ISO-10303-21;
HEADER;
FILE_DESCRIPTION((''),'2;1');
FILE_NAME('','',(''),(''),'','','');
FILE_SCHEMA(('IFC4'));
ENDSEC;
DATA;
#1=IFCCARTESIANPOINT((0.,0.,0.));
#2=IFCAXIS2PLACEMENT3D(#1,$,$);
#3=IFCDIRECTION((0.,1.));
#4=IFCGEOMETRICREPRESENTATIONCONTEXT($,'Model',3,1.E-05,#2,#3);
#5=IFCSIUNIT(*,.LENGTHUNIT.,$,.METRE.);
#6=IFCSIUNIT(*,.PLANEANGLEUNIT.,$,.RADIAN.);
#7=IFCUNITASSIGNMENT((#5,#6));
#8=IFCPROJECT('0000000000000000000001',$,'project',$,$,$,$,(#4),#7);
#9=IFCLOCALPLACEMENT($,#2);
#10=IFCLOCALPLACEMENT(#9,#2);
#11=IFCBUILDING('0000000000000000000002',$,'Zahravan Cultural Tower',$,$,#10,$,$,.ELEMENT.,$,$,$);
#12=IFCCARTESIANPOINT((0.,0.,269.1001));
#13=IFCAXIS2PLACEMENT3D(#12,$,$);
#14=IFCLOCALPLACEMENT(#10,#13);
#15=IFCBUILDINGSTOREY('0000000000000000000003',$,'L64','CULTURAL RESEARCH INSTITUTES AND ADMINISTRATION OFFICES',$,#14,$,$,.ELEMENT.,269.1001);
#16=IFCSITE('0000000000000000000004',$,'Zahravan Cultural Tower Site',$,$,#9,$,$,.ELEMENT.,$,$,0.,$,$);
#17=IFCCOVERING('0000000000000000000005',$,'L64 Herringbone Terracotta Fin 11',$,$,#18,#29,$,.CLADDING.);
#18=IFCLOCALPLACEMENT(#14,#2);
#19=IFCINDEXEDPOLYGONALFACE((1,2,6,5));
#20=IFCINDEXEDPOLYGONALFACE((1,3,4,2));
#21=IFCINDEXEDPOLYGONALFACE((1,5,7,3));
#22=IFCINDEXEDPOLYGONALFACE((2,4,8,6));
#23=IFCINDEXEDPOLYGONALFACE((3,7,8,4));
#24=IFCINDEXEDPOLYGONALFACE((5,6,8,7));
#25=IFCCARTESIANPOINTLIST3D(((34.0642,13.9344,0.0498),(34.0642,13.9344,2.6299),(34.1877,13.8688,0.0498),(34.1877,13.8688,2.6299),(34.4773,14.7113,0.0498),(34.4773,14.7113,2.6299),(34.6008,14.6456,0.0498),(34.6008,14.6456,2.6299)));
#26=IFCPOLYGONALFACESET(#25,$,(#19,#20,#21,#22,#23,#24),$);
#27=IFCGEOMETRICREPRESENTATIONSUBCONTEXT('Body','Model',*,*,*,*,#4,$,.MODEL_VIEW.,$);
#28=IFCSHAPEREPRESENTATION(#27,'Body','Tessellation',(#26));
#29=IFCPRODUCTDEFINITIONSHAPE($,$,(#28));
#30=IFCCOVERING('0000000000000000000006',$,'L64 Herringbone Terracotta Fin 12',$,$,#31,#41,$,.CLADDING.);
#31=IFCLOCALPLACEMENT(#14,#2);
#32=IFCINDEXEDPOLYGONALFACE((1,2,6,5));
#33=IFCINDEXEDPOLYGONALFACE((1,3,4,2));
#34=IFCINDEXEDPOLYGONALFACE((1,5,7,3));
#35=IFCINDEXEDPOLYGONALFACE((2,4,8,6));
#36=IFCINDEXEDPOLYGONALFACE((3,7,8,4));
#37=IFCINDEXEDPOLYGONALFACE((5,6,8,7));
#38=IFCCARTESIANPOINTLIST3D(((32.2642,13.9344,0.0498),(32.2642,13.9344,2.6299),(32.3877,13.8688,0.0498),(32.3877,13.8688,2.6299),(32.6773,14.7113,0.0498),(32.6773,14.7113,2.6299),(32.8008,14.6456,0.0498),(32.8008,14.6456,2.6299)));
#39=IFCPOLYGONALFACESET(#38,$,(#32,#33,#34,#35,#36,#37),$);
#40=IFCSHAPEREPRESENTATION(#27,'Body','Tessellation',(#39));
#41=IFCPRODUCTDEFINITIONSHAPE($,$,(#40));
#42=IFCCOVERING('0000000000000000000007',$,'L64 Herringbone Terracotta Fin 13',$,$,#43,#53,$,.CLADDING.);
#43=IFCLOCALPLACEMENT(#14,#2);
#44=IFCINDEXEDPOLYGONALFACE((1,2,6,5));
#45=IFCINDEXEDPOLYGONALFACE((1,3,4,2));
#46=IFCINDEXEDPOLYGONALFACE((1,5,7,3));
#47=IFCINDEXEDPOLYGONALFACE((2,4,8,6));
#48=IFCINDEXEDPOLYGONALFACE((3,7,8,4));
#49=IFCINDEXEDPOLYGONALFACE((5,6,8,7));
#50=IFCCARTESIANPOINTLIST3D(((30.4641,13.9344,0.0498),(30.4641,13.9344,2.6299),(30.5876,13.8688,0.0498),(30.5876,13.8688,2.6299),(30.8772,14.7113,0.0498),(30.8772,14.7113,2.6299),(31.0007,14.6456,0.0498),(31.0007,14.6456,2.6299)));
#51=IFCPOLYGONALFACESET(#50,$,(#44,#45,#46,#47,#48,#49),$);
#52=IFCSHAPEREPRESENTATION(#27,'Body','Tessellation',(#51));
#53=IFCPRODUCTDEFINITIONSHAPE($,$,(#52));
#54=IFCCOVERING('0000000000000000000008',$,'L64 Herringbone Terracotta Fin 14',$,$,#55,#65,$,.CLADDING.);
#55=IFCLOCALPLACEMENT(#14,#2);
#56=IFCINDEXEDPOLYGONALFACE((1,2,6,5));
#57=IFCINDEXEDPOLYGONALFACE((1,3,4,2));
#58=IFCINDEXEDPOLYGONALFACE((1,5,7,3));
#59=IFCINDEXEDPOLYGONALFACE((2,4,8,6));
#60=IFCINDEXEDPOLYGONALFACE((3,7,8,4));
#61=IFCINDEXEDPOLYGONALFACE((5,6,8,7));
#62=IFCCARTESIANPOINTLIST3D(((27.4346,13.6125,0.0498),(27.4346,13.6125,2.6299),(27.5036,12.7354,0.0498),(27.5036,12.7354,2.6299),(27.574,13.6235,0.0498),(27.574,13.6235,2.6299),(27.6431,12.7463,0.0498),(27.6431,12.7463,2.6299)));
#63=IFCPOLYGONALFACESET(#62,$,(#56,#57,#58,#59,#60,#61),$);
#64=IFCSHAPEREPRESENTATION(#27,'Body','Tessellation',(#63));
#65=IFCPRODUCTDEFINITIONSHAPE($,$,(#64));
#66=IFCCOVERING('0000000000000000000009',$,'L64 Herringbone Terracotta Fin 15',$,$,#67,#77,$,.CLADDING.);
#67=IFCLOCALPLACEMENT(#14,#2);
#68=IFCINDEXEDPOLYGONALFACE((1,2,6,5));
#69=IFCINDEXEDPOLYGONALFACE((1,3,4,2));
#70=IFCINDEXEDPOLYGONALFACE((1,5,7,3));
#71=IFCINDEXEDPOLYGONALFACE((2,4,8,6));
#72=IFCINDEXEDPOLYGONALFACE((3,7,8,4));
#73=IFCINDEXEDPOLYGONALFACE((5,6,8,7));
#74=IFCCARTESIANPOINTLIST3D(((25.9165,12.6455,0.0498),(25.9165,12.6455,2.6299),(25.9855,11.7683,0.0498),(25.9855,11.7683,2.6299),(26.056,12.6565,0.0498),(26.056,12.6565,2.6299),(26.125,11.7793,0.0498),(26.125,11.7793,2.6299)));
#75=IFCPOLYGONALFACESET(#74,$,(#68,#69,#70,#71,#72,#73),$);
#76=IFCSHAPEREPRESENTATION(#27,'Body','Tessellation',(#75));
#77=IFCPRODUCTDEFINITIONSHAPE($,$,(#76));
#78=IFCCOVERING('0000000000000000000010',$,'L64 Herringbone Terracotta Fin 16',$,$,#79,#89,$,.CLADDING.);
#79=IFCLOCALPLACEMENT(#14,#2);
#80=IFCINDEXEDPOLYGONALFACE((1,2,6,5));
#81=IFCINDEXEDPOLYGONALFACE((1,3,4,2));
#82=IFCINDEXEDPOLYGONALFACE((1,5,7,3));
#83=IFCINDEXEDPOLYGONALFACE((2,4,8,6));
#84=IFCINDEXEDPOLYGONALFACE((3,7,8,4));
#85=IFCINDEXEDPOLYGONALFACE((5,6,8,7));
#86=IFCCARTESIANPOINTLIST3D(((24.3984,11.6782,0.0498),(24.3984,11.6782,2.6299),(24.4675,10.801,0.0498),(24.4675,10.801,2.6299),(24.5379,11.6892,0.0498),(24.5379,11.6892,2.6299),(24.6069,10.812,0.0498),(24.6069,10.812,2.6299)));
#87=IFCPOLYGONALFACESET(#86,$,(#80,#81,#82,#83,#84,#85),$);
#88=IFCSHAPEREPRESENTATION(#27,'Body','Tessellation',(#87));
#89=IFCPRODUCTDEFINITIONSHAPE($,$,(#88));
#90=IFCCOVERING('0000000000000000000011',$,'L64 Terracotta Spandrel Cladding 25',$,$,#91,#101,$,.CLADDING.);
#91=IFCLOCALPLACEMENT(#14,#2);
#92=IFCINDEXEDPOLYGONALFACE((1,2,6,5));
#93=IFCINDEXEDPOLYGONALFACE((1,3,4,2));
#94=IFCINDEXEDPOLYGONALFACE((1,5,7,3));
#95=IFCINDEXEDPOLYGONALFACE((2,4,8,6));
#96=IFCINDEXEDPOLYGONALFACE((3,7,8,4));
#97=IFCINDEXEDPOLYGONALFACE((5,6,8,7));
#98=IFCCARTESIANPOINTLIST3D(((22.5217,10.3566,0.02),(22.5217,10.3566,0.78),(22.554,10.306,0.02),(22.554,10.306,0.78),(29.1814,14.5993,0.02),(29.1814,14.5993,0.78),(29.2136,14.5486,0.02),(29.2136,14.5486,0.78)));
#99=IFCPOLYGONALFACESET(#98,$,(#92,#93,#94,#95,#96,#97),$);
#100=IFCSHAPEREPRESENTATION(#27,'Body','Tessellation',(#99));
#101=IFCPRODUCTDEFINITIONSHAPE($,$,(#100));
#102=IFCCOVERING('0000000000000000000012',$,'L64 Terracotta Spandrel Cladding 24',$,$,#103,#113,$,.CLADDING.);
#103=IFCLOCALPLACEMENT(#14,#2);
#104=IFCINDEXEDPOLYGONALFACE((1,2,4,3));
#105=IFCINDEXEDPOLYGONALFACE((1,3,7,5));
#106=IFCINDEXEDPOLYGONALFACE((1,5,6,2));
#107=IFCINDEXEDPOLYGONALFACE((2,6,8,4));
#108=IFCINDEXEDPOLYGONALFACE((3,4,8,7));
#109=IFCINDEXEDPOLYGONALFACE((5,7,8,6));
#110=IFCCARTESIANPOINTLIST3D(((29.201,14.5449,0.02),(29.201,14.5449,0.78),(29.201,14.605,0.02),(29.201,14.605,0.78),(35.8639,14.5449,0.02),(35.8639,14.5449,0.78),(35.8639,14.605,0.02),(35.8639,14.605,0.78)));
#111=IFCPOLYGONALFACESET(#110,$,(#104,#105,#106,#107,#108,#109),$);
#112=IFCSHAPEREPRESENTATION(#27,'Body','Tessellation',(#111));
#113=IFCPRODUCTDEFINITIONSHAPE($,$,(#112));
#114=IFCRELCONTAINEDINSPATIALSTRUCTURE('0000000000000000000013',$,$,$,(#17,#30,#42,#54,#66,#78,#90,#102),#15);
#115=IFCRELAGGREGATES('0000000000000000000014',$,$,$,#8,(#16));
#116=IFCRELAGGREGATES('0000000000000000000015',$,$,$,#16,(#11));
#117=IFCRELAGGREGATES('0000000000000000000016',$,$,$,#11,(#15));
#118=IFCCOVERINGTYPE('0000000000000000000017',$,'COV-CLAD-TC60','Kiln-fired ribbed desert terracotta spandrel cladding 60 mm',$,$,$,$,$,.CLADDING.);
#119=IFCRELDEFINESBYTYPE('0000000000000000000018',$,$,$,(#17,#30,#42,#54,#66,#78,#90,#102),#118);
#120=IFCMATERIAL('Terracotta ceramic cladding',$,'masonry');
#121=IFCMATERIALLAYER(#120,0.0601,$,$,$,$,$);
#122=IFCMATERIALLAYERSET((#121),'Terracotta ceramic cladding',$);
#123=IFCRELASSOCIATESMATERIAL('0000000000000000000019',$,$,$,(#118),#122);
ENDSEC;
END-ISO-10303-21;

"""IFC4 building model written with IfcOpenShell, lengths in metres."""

from ifc_helpers import new_model, si_unit, direction, frame, origin, origin_2d, place, context, subcontext, project, spatial, rectangle, extrude, source, transform, mapped, material, layer, layer_set, type_object, element, save


model = new_model("IFC4")

# Units and contexts
model_context = context("Model", 3, precision=1e-05, world=origin(), true_north=direction((0.0, 1.0)))
body_context = subcontext(model_context, "Body", "Model", "MODEL_VIEW")
ifc_project = project(units=[si_unit("LENGTHUNIT", "METRE"), si_unit("PLANEANGLEUNIT", "RADIAN")], contexts=[model_context])

# Site, building, storey
site_placement = place(None, origin())
site = spatial("IfcSite", under=ifc_project, at=site_placement, Name="Zahravan Cultural Tower Site", CompositionType="ELEMENT", RefElevation=0.0)
building_placement = place(site_placement, origin())
building = spatial("IfcBuilding", under=site, at=building_placement, Name="Zahravan Cultural Tower", CompositionType="ELEMENT")
storey_placement = place(building_placement, frame((0.0, 0.0, 269.1001)))
storey = spatial("IfcBuildingStorey", under=building, at=storey_placement, Name="L64", Description="CULTURAL RESEARCH INSTITUTES AND ADMINISTRATION OFFICES", CompositionType="ELEMENT", Elevation=269.1001)

# Coverings
ifc_material_1 = material(Name="Terracotta ceramic cladding", Category="masonry")
ifc_layer_1 = layer(ifc_material_1, 0.0601)
ifc_layer_set_1 = layer_set([ifc_layer_1], Name="Terracotta ceramic cladding")
covering_type = type_object("IfcCoveringType", Name="COV-CLAD-TC60", Description="Kiln-fired ribbed desert terracotta spandrel cladding 60 mm", PredefinedType="CLADDING", material=ifc_layer_set_1)
shared_shape_1 = source(origin(), body_context, "Body", "SweptSolid", [
    extrude(rectangle(XDim=0.8799, YDim=0.1399, at=origin_2d()), origin(), (0.0, 0.0, 1.0), 2.5801),
])
for number, where, z_axis, x_axis, name in (
    (1, (34.3325, 14.29, 0.0498), (0.0, 0.0, 1.0), (-0.469472, -0.882948, 0.0), "L64 Herringbone Terracotta Fin 11"),
    (2, (32.5325, 14.29, 0.0498), (0.0, 0.0, 1.0), (-0.469472, -0.882948, 0.0), "L64 Herringbone Terracotta Fin 12"),
    (3, (30.7324, 14.29, 0.0498), (0.0, 0.0, 1.0), (-0.469472, -0.882948, 0.0), "L64 Herringbone Terracotta Fin 13"),
    (4, (27.5388, 13.1794, 0.0498), (0.0, 0.0, 1.0), (0.078459, -0.996917, 0.0), "L64 Herringbone Terracotta Fin 14"),
    (5, (26.0208, 12.2124, 0.0498), (0.0, 0.0, 1.0), (0.078459, -0.996917, 0.0), "L64 Herringbone Terracotta Fin 15"),
    (6, (24.5027, 11.2451, 0.0498), (0.0, 0.0, 1.0), (0.078459, -0.996917, 0.0), "L64 Herringbone Terracotta Fin 16"),
):
    element("IfcCovering", number, at=place(storey_placement, frame(where, z_axis=z_axis, x_axis=x_axis)), inside=storey, type_object=covering_type, Name=name, PredefinedType="CLADDING", context=body_context, shape_type="MappedRepresentation", body=[
        mapped(shared_shape_1, transform((0.0, 0.0, 0.0), x_axis=(1.0, 0.0, 0.0), y_axis=(0.0, 1.0, 0.0), z_axis=(0.0, 0.0, 1.0), scale=1.0)),
    ])
shared_shape_2 = source(origin(), body_context, "Body", "SweptSolid", [
    extrude(rectangle(XDim=7.8962, YDim=0.0601, at=origin_2d()), origin(), (0.0, 0.0, 1.0), 0.76),
])
covering_1_placement = place(storey_placement, frame((25.8677, 12.4526, 0.02), z_axis=(0.0, 0.0, 1.0), x_axis=(-0.843391, -0.5373, 0.0)))
element("IfcCovering", 7, at=covering_1_placement, inside=storey, type_object=covering_type, Name="L64 Terracotta Spandrel Cladding 25", PredefinedType="CLADDING", context=body_context, shape_type="MappedRepresentation", body=[
    mapped(shared_shape_2, transform((0.0, 0.0, 0.0), x_axis=(1.0, 0.0, 0.0), y_axis=(0.0, 1.0, 0.0), z_axis=(0.0, 0.0, 1.0), scale=1.0)),
])
shared_shape_3 = source(origin(), body_context, "Body", "SweptSolid", [
    extrude(rectangle(XDim=6.6628, YDim=0.0601, at=origin_2d()), origin(), (0.0, 0.0, 1.0), 0.76),
])
covering_2_placement = place(storey_placement, frame((32.5325, 14.575, 0.02), z_axis=(0.0, 0.0, 1.0), x_axis=(-1.0, 0.0, 0.0)))
element("IfcCovering", 8, at=covering_2_placement, inside=storey, type_object=covering_type, Name="L64 Terracotta Spandrel Cladding 24", PredefinedType="CLADDING", context=body_context, shape_type="MappedRepresentation", body=[
    mapped(shared_shape_3, transform((0.0, 0.0, 0.0), x_axis=(1.0, 0.0, 0.0), y_axis=(0.0, 1.0, 0.0), z_axis=(0.0, 0.0, 1.0), scale=1.0)),
])

save(model, "model.ifc")
